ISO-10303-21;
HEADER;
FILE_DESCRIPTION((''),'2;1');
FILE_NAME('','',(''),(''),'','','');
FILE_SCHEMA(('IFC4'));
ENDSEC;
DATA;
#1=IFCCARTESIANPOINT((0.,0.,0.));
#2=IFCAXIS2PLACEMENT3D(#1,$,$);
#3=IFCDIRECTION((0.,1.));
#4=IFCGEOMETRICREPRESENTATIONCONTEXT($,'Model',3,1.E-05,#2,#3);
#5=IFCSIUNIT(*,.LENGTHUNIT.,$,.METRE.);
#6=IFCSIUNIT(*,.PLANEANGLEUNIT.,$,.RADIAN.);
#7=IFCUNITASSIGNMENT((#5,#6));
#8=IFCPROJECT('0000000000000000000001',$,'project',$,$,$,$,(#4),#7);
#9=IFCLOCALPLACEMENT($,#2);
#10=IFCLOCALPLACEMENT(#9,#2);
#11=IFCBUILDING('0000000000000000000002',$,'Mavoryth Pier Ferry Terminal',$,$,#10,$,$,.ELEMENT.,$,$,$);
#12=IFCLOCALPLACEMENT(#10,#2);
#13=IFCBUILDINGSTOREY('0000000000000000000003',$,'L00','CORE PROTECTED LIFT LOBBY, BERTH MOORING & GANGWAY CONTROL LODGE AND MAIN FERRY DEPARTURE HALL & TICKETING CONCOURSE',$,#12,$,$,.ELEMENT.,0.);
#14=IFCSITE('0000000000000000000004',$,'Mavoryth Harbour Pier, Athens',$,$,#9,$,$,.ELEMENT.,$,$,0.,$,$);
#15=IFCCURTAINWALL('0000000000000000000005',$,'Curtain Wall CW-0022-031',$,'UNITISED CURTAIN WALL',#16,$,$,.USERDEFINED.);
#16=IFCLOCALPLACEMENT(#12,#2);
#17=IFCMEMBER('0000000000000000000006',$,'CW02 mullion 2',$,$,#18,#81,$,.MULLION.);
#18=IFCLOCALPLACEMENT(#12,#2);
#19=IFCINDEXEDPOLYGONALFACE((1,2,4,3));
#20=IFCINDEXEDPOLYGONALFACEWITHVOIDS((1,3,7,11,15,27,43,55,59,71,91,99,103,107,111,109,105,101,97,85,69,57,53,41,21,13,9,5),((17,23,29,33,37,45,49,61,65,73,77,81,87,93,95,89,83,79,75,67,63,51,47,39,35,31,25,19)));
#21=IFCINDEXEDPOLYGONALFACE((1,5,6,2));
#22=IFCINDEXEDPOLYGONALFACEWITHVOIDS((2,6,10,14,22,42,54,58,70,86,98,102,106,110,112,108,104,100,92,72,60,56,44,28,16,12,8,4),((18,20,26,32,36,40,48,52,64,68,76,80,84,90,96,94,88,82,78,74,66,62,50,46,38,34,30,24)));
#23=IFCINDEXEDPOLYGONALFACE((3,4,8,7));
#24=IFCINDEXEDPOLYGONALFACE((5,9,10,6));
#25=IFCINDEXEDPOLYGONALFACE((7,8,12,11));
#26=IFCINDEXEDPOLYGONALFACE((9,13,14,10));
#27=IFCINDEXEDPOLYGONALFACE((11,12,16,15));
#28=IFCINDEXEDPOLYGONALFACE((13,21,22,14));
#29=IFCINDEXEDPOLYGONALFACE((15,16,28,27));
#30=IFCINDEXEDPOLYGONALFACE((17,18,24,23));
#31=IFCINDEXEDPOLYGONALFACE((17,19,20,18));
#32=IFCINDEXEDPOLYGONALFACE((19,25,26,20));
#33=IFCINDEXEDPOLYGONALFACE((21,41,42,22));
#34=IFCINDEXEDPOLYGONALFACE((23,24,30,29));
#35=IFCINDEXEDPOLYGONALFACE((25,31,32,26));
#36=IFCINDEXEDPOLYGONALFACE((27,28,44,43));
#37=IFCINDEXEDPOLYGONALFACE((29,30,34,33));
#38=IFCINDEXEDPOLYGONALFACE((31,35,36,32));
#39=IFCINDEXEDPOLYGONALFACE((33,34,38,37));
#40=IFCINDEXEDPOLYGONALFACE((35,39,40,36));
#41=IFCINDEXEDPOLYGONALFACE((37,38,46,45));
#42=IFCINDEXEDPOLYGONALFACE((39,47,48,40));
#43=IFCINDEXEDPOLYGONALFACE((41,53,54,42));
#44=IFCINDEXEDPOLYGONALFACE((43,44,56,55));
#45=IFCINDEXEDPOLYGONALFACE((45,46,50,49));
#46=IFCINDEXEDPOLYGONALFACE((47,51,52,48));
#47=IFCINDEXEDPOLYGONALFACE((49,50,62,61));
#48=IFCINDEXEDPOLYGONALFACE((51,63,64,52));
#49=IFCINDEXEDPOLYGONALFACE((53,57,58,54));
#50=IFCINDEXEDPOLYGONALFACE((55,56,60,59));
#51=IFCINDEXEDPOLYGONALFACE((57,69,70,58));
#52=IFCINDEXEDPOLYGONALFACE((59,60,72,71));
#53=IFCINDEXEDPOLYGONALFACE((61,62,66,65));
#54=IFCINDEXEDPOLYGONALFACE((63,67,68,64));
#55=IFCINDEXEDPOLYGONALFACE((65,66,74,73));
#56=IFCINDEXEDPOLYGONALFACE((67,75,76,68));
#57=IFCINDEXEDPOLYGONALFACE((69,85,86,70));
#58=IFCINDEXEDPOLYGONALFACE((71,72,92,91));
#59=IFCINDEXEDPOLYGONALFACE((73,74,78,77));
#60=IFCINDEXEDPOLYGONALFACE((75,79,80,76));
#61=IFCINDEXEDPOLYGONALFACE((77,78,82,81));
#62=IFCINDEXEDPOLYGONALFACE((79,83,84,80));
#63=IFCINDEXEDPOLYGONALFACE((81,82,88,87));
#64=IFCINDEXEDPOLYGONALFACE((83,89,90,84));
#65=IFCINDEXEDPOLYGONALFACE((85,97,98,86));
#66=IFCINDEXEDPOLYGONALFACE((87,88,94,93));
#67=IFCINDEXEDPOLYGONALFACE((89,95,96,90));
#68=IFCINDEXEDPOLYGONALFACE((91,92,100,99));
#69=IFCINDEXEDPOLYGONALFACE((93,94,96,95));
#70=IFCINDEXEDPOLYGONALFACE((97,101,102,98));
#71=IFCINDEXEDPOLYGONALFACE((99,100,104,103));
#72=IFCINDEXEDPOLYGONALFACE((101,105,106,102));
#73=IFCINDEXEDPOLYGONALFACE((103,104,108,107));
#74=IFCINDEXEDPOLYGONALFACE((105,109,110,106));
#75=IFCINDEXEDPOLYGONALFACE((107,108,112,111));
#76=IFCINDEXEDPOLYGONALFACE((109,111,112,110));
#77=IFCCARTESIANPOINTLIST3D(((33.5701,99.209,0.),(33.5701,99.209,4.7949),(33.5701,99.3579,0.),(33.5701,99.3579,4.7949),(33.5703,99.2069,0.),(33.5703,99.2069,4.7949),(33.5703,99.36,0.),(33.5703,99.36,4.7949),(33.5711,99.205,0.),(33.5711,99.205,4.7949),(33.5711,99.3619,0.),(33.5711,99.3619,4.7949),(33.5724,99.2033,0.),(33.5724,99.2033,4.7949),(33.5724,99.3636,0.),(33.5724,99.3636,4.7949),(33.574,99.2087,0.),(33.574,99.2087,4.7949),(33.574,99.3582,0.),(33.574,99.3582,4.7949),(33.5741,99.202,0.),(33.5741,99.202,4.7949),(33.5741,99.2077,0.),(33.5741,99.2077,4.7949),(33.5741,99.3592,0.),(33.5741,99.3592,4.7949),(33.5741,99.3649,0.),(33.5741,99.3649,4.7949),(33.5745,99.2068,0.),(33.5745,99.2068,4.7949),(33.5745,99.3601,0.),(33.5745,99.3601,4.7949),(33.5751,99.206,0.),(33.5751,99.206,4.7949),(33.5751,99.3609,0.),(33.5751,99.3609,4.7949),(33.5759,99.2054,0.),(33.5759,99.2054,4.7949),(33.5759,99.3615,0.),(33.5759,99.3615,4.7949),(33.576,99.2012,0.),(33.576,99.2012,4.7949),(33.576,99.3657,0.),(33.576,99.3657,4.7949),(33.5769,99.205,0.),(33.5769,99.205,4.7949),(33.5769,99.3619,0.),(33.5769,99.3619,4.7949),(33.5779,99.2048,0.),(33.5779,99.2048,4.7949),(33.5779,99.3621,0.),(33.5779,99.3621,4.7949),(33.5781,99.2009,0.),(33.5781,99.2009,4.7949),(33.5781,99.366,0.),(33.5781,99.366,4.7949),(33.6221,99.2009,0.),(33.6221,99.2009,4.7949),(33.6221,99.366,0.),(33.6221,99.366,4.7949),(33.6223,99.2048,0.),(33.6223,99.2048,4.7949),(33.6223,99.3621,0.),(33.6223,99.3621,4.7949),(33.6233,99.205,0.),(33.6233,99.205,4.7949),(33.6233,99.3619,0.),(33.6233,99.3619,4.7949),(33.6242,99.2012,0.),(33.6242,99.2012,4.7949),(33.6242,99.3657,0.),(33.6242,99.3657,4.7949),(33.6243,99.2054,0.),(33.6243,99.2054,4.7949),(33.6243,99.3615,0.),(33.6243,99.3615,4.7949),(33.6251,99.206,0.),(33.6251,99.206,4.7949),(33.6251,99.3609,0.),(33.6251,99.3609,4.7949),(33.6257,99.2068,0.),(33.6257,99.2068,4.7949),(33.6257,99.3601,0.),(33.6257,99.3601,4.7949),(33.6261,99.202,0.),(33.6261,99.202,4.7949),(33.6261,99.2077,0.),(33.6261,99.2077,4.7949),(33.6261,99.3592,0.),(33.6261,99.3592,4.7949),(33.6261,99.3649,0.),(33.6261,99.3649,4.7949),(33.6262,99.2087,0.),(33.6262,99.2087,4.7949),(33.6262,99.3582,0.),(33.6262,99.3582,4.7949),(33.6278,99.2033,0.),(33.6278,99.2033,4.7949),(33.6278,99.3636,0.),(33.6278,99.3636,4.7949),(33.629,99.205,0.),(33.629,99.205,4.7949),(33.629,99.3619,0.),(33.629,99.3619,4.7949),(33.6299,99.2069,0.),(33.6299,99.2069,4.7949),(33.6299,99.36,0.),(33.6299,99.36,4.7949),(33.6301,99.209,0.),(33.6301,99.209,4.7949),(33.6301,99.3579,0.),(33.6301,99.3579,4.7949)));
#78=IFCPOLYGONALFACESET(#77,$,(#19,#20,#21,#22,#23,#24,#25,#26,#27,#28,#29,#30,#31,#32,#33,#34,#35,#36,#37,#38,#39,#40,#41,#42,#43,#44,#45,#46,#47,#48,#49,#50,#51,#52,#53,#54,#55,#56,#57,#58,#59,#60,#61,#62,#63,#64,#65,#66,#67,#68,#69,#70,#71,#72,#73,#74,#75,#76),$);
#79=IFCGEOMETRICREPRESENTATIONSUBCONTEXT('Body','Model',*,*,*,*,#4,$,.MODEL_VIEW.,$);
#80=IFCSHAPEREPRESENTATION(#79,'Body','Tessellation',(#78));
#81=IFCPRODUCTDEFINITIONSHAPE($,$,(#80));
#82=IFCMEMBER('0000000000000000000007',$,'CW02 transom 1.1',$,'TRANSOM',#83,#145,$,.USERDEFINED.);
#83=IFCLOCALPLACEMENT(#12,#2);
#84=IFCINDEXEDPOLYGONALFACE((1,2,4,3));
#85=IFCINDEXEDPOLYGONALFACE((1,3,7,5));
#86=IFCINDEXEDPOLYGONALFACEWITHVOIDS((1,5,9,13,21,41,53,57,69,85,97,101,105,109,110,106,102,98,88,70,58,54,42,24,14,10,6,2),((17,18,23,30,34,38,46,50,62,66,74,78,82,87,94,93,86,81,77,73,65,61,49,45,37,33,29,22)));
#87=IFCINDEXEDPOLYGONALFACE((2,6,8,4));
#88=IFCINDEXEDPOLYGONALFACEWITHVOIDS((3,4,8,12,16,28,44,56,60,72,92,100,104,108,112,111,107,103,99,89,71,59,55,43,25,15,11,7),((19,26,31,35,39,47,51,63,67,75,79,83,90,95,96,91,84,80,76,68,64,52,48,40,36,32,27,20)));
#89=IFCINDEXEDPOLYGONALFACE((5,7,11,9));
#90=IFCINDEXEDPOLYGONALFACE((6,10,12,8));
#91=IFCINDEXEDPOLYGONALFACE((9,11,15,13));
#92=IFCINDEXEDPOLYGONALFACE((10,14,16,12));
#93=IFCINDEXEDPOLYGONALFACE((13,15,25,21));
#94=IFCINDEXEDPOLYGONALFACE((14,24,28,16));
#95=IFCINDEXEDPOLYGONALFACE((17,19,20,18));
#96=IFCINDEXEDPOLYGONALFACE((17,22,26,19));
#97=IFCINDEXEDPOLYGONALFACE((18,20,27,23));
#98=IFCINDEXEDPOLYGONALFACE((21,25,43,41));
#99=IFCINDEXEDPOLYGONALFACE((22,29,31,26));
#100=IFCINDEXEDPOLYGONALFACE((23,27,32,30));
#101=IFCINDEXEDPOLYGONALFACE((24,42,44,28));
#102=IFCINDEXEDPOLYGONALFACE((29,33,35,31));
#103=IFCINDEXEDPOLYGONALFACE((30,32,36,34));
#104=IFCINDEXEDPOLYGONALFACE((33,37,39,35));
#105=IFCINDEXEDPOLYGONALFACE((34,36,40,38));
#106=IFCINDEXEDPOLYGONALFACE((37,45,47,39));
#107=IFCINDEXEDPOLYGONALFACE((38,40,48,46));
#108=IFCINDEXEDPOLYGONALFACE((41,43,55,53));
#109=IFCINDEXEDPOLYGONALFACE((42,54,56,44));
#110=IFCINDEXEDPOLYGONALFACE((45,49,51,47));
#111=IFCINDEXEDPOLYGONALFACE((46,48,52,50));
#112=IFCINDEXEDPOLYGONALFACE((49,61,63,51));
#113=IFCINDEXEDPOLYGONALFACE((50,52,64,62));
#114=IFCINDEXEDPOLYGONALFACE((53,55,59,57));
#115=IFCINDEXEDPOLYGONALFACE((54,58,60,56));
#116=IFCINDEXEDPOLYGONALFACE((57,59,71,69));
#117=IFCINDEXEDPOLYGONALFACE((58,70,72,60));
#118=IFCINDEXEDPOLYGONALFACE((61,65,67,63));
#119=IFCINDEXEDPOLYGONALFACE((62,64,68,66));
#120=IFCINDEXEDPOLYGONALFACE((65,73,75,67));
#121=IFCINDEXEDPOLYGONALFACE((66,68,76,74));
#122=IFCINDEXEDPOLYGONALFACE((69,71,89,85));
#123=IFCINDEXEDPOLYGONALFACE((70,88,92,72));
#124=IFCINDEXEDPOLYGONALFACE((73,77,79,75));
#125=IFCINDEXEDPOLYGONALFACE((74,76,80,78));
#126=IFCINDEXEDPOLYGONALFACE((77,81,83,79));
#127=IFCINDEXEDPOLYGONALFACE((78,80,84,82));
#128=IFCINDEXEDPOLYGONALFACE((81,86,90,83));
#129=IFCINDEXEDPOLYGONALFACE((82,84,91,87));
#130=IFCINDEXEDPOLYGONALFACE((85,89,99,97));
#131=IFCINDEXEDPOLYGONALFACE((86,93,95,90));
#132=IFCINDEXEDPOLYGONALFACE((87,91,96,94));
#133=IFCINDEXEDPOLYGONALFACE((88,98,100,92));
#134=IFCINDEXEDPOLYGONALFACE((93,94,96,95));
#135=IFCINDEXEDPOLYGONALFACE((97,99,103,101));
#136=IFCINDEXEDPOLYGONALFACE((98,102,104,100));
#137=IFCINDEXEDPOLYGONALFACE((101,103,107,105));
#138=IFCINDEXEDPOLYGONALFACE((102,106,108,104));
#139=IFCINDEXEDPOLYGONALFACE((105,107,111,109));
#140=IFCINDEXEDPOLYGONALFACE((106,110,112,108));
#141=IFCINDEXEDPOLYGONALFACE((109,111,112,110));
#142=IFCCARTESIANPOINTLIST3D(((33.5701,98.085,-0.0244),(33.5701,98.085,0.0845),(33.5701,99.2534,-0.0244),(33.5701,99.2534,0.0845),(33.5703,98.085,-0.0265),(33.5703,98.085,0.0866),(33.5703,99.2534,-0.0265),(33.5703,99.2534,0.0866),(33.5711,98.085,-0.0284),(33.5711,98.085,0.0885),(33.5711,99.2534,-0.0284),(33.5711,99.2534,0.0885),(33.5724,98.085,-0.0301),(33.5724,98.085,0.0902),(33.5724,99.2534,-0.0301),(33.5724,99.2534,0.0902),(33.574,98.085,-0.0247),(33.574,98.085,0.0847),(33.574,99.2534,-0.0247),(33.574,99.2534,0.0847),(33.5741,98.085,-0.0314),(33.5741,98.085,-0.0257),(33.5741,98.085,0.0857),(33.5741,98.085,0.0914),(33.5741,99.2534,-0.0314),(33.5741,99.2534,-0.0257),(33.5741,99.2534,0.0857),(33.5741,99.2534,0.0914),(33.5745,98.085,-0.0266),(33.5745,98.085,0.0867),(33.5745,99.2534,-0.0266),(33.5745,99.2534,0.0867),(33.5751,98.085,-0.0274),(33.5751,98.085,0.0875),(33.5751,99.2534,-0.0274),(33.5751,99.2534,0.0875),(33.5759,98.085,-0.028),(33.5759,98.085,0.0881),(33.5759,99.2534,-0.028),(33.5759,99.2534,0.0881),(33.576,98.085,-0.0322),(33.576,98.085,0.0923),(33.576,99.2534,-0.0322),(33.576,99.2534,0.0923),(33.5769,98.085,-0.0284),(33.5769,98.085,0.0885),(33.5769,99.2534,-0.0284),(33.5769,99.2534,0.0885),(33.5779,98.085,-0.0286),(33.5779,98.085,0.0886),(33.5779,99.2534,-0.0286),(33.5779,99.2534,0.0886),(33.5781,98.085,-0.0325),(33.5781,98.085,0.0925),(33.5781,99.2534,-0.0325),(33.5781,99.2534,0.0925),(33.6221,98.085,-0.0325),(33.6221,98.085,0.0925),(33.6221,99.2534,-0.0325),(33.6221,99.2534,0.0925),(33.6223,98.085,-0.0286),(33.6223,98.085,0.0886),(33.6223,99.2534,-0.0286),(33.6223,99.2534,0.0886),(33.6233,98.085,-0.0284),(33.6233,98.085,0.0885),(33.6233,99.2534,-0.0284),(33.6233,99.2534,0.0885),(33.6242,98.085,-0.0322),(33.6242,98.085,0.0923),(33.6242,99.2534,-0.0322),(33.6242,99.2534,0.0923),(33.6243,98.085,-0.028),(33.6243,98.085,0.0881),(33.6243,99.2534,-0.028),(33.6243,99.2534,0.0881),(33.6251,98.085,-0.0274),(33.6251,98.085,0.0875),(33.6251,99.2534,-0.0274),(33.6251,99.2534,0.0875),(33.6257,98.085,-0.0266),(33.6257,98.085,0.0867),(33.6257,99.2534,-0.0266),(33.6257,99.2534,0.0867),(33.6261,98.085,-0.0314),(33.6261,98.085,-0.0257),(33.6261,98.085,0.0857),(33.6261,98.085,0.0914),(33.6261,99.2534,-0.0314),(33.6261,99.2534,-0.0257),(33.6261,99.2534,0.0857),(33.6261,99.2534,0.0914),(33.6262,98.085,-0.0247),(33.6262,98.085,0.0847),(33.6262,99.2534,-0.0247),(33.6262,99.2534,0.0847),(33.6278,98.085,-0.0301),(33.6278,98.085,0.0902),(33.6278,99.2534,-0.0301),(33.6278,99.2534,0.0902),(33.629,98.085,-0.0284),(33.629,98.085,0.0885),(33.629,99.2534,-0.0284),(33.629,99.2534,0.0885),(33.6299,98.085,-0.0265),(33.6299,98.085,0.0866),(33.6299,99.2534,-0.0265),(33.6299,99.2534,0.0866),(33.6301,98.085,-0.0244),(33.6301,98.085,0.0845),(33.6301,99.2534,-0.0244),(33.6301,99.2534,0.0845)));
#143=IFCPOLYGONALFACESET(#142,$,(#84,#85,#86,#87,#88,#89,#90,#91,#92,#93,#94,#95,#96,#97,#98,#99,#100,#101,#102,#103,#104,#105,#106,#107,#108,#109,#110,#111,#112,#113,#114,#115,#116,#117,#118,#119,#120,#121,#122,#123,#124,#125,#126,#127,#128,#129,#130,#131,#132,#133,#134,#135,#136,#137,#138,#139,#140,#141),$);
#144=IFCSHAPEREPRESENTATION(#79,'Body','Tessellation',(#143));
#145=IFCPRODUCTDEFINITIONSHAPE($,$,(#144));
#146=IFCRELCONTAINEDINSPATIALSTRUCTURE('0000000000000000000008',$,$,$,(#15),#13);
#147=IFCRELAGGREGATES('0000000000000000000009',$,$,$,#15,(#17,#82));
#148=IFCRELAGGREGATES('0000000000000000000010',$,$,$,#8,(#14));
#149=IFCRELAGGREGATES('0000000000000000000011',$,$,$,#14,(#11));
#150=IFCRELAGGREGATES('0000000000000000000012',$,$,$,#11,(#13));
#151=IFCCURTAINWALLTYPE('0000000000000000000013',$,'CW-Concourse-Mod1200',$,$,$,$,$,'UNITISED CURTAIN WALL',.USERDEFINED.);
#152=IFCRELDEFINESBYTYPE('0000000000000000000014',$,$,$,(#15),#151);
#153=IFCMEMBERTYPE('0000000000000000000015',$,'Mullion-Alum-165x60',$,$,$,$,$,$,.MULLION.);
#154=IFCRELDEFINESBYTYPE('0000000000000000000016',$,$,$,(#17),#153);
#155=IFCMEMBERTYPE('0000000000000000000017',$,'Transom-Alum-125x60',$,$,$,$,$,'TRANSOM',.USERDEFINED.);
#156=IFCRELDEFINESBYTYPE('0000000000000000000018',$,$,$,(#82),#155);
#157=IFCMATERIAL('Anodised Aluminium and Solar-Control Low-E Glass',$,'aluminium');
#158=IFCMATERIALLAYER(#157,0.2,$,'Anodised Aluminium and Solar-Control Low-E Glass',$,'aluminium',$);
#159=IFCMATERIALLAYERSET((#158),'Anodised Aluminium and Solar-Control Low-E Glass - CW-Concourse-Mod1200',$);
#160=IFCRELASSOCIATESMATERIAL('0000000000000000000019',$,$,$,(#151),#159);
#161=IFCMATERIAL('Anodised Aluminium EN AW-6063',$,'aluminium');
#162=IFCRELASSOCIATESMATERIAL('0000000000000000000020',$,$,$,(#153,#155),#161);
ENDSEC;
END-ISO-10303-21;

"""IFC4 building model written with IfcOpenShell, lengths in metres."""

from ifc_helpers import new_model, si_unit, direction, frame, origin, origin_2d, place, context, subcontext, project, spatial, hollow_rectangle, extrude, material, layer, layer_set, material_profile, profile_set, type_object, element, aggregate, save


model = new_model("IFC4")

# Units and contexts
model_context = context("Model", 3, precision=1e-05, world=origin(), true_north=direction((0.0, 1.0)))
body_context = subcontext(model_context, "Body", "Model", "MODEL_VIEW")
ifc_project = project(units=[si_unit("LENGTHUNIT", "METRE"), si_unit("PLANEANGLEUNIT", "RADIAN")], contexts=[model_context])

# Site, building, storey
site_placement = place(None, origin())
site = spatial("IfcSite", under=ifc_project, at=site_placement, Name="Mavoryth Harbour Pier, Athens", CompositionType="ELEMENT", RefElevation=0.0)
building_placement = place(site_placement, origin())
building = spatial("IfcBuilding", under=site, at=building_placement, Name="Mavoryth Pier Ferry Terminal", CompositionType="ELEMENT")
storey_placement = place(building_placement, origin())
storey = spatial("IfcBuildingStorey", under=building, at=storey_placement, Name="L00", Description="CORE PROTECTED LIFT LOBBY, BERTH MOORING & GANGWAY CONTROL LODGE AND MAIN FERRY DEPARTURE HALL & TICKETING CONCOURSE", CompositionType="ELEMENT", Elevation=0.0)

# Curtain wall, members
ifc_material_1 = material(Name="Anodised Aluminium and Solar-Control Low-E Glass", Category="aluminium")
ifc_layer_1 = layer(ifc_material_1, 0.2, Name="Anodised Aluminium and Solar-Control Low-E Glass", Category="aluminium")
ifc_layer_set_1 = layer_set([ifc_layer_1], Name="Anodised Aluminium and Solar-Control Low-E Glass - CW-Concourse-Mod1200")
curtain_wall_type = type_object("IfcCurtainWallType", Name="CW-Concourse-Mod1200", ElementType="UNITISED CURTAIN WALL", PredefinedType="USERDEFINED", material=ifc_layer_set_1)
curtain_wall_placement = place(storey_placement, origin())
curtain_wall = element("IfcCurtainWall", 1, at=curtain_wall_placement, inside=storey, type_object=curtain_wall_type, Name="Curtain Wall CW-0022-031", ObjectType="UNITISED CURTAIN WALL", PredefinedType="USERDEFINED")
ifc_material_2 = material(Name="Anodised Aluminium EN AW-6063", Category="aluminium")
ifc_material_profile_1 = material_profile(ifc_material_2, hollow_rectangle(XDim=0.0601, YDim=0.165, WallThickness=0.0039, InnerFilletRadius=0.0039, OuterFilletRadius=0.0081, at=origin_2d()), Name="AL-MULL 165x60x4", Category="aluminium")
ifc_profile_set_1 = profile_set([ifc_material_profile_1], Name="Anodised Aluminium EN AW-6063 - AL-MULL 165x60x4")
member_type_1 = type_object("IfcMemberType", Name="Mullion-Alum-165x60", PredefinedType="MULLION", material=ifc_profile_set_1)
member_1_placement = place(storey_placement, frame((33.6001, 99.2834, 0.0), z_axis=(0.0, 0.0, 1.0), x_axis=(-1.0, 0.0, 0.0)))
member_1 = element("IfcMember", 2, at=member_1_placement, type_object=member_type_1, Name="CW02 mullion 2", PredefinedType="MULLION", context=body_context, shape_type="SweptSolid", body=[
    extrude(hollow_rectangle(XDim=0.0601, YDim=0.165, WallThickness=0.0039, InnerFilletRadius=0.0039, OuterFilletRadius=0.0081, at=origin_2d()), origin(), (0.0, 0.0, 1.0), 4.7949),
])
ifc_material_profile_2 = material_profile(ifc_material_2, hollow_rectangle(XDim=0.0601, YDim=0.125, WallThickness=0.0039, InnerFilletRadius=0.0039, OuterFilletRadius=0.0081, at=origin_2d()), Name="AL-TRAN 125x60x4", Category="aluminium")
ifc_profile_set_2 = profile_set([ifc_material_profile_2], Name="Anodised Aluminium EN AW-6063 - AL-TRAN 125x60x4")
member_type_2 = type_object("IfcMemberType", Name="Transom-Alum-125x60", ElementType="TRANSOM", PredefinedType="USERDEFINED", material=ifc_profile_set_2)
member_2_placement = place(storey_placement, frame((33.6001, 98.085, 0.03), z_axis=(0.0, 1.0, 0.0), x_axis=(-1.0, 0.0, 0.0)))
member_2 = element("IfcMember", 3, at=member_2_placement, type_object=member_type_2, Name="CW02 transom 1.1", ObjectType="TRANSOM", PredefinedType="USERDEFINED", context=body_context, shape_type="SweptSolid", body=[
    extrude(hollow_rectangle(XDim=0.0601, YDim=0.125, WallThickness=0.0039, InnerFilletRadius=0.0039, OuterFilletRadius=0.0081, at=origin_2d()), origin(), (0.0, 0.0, 1.0), 1.1685),
])
aggregate(curtain_wall, [member_1, member_2])

save(model, "model.ifc")
